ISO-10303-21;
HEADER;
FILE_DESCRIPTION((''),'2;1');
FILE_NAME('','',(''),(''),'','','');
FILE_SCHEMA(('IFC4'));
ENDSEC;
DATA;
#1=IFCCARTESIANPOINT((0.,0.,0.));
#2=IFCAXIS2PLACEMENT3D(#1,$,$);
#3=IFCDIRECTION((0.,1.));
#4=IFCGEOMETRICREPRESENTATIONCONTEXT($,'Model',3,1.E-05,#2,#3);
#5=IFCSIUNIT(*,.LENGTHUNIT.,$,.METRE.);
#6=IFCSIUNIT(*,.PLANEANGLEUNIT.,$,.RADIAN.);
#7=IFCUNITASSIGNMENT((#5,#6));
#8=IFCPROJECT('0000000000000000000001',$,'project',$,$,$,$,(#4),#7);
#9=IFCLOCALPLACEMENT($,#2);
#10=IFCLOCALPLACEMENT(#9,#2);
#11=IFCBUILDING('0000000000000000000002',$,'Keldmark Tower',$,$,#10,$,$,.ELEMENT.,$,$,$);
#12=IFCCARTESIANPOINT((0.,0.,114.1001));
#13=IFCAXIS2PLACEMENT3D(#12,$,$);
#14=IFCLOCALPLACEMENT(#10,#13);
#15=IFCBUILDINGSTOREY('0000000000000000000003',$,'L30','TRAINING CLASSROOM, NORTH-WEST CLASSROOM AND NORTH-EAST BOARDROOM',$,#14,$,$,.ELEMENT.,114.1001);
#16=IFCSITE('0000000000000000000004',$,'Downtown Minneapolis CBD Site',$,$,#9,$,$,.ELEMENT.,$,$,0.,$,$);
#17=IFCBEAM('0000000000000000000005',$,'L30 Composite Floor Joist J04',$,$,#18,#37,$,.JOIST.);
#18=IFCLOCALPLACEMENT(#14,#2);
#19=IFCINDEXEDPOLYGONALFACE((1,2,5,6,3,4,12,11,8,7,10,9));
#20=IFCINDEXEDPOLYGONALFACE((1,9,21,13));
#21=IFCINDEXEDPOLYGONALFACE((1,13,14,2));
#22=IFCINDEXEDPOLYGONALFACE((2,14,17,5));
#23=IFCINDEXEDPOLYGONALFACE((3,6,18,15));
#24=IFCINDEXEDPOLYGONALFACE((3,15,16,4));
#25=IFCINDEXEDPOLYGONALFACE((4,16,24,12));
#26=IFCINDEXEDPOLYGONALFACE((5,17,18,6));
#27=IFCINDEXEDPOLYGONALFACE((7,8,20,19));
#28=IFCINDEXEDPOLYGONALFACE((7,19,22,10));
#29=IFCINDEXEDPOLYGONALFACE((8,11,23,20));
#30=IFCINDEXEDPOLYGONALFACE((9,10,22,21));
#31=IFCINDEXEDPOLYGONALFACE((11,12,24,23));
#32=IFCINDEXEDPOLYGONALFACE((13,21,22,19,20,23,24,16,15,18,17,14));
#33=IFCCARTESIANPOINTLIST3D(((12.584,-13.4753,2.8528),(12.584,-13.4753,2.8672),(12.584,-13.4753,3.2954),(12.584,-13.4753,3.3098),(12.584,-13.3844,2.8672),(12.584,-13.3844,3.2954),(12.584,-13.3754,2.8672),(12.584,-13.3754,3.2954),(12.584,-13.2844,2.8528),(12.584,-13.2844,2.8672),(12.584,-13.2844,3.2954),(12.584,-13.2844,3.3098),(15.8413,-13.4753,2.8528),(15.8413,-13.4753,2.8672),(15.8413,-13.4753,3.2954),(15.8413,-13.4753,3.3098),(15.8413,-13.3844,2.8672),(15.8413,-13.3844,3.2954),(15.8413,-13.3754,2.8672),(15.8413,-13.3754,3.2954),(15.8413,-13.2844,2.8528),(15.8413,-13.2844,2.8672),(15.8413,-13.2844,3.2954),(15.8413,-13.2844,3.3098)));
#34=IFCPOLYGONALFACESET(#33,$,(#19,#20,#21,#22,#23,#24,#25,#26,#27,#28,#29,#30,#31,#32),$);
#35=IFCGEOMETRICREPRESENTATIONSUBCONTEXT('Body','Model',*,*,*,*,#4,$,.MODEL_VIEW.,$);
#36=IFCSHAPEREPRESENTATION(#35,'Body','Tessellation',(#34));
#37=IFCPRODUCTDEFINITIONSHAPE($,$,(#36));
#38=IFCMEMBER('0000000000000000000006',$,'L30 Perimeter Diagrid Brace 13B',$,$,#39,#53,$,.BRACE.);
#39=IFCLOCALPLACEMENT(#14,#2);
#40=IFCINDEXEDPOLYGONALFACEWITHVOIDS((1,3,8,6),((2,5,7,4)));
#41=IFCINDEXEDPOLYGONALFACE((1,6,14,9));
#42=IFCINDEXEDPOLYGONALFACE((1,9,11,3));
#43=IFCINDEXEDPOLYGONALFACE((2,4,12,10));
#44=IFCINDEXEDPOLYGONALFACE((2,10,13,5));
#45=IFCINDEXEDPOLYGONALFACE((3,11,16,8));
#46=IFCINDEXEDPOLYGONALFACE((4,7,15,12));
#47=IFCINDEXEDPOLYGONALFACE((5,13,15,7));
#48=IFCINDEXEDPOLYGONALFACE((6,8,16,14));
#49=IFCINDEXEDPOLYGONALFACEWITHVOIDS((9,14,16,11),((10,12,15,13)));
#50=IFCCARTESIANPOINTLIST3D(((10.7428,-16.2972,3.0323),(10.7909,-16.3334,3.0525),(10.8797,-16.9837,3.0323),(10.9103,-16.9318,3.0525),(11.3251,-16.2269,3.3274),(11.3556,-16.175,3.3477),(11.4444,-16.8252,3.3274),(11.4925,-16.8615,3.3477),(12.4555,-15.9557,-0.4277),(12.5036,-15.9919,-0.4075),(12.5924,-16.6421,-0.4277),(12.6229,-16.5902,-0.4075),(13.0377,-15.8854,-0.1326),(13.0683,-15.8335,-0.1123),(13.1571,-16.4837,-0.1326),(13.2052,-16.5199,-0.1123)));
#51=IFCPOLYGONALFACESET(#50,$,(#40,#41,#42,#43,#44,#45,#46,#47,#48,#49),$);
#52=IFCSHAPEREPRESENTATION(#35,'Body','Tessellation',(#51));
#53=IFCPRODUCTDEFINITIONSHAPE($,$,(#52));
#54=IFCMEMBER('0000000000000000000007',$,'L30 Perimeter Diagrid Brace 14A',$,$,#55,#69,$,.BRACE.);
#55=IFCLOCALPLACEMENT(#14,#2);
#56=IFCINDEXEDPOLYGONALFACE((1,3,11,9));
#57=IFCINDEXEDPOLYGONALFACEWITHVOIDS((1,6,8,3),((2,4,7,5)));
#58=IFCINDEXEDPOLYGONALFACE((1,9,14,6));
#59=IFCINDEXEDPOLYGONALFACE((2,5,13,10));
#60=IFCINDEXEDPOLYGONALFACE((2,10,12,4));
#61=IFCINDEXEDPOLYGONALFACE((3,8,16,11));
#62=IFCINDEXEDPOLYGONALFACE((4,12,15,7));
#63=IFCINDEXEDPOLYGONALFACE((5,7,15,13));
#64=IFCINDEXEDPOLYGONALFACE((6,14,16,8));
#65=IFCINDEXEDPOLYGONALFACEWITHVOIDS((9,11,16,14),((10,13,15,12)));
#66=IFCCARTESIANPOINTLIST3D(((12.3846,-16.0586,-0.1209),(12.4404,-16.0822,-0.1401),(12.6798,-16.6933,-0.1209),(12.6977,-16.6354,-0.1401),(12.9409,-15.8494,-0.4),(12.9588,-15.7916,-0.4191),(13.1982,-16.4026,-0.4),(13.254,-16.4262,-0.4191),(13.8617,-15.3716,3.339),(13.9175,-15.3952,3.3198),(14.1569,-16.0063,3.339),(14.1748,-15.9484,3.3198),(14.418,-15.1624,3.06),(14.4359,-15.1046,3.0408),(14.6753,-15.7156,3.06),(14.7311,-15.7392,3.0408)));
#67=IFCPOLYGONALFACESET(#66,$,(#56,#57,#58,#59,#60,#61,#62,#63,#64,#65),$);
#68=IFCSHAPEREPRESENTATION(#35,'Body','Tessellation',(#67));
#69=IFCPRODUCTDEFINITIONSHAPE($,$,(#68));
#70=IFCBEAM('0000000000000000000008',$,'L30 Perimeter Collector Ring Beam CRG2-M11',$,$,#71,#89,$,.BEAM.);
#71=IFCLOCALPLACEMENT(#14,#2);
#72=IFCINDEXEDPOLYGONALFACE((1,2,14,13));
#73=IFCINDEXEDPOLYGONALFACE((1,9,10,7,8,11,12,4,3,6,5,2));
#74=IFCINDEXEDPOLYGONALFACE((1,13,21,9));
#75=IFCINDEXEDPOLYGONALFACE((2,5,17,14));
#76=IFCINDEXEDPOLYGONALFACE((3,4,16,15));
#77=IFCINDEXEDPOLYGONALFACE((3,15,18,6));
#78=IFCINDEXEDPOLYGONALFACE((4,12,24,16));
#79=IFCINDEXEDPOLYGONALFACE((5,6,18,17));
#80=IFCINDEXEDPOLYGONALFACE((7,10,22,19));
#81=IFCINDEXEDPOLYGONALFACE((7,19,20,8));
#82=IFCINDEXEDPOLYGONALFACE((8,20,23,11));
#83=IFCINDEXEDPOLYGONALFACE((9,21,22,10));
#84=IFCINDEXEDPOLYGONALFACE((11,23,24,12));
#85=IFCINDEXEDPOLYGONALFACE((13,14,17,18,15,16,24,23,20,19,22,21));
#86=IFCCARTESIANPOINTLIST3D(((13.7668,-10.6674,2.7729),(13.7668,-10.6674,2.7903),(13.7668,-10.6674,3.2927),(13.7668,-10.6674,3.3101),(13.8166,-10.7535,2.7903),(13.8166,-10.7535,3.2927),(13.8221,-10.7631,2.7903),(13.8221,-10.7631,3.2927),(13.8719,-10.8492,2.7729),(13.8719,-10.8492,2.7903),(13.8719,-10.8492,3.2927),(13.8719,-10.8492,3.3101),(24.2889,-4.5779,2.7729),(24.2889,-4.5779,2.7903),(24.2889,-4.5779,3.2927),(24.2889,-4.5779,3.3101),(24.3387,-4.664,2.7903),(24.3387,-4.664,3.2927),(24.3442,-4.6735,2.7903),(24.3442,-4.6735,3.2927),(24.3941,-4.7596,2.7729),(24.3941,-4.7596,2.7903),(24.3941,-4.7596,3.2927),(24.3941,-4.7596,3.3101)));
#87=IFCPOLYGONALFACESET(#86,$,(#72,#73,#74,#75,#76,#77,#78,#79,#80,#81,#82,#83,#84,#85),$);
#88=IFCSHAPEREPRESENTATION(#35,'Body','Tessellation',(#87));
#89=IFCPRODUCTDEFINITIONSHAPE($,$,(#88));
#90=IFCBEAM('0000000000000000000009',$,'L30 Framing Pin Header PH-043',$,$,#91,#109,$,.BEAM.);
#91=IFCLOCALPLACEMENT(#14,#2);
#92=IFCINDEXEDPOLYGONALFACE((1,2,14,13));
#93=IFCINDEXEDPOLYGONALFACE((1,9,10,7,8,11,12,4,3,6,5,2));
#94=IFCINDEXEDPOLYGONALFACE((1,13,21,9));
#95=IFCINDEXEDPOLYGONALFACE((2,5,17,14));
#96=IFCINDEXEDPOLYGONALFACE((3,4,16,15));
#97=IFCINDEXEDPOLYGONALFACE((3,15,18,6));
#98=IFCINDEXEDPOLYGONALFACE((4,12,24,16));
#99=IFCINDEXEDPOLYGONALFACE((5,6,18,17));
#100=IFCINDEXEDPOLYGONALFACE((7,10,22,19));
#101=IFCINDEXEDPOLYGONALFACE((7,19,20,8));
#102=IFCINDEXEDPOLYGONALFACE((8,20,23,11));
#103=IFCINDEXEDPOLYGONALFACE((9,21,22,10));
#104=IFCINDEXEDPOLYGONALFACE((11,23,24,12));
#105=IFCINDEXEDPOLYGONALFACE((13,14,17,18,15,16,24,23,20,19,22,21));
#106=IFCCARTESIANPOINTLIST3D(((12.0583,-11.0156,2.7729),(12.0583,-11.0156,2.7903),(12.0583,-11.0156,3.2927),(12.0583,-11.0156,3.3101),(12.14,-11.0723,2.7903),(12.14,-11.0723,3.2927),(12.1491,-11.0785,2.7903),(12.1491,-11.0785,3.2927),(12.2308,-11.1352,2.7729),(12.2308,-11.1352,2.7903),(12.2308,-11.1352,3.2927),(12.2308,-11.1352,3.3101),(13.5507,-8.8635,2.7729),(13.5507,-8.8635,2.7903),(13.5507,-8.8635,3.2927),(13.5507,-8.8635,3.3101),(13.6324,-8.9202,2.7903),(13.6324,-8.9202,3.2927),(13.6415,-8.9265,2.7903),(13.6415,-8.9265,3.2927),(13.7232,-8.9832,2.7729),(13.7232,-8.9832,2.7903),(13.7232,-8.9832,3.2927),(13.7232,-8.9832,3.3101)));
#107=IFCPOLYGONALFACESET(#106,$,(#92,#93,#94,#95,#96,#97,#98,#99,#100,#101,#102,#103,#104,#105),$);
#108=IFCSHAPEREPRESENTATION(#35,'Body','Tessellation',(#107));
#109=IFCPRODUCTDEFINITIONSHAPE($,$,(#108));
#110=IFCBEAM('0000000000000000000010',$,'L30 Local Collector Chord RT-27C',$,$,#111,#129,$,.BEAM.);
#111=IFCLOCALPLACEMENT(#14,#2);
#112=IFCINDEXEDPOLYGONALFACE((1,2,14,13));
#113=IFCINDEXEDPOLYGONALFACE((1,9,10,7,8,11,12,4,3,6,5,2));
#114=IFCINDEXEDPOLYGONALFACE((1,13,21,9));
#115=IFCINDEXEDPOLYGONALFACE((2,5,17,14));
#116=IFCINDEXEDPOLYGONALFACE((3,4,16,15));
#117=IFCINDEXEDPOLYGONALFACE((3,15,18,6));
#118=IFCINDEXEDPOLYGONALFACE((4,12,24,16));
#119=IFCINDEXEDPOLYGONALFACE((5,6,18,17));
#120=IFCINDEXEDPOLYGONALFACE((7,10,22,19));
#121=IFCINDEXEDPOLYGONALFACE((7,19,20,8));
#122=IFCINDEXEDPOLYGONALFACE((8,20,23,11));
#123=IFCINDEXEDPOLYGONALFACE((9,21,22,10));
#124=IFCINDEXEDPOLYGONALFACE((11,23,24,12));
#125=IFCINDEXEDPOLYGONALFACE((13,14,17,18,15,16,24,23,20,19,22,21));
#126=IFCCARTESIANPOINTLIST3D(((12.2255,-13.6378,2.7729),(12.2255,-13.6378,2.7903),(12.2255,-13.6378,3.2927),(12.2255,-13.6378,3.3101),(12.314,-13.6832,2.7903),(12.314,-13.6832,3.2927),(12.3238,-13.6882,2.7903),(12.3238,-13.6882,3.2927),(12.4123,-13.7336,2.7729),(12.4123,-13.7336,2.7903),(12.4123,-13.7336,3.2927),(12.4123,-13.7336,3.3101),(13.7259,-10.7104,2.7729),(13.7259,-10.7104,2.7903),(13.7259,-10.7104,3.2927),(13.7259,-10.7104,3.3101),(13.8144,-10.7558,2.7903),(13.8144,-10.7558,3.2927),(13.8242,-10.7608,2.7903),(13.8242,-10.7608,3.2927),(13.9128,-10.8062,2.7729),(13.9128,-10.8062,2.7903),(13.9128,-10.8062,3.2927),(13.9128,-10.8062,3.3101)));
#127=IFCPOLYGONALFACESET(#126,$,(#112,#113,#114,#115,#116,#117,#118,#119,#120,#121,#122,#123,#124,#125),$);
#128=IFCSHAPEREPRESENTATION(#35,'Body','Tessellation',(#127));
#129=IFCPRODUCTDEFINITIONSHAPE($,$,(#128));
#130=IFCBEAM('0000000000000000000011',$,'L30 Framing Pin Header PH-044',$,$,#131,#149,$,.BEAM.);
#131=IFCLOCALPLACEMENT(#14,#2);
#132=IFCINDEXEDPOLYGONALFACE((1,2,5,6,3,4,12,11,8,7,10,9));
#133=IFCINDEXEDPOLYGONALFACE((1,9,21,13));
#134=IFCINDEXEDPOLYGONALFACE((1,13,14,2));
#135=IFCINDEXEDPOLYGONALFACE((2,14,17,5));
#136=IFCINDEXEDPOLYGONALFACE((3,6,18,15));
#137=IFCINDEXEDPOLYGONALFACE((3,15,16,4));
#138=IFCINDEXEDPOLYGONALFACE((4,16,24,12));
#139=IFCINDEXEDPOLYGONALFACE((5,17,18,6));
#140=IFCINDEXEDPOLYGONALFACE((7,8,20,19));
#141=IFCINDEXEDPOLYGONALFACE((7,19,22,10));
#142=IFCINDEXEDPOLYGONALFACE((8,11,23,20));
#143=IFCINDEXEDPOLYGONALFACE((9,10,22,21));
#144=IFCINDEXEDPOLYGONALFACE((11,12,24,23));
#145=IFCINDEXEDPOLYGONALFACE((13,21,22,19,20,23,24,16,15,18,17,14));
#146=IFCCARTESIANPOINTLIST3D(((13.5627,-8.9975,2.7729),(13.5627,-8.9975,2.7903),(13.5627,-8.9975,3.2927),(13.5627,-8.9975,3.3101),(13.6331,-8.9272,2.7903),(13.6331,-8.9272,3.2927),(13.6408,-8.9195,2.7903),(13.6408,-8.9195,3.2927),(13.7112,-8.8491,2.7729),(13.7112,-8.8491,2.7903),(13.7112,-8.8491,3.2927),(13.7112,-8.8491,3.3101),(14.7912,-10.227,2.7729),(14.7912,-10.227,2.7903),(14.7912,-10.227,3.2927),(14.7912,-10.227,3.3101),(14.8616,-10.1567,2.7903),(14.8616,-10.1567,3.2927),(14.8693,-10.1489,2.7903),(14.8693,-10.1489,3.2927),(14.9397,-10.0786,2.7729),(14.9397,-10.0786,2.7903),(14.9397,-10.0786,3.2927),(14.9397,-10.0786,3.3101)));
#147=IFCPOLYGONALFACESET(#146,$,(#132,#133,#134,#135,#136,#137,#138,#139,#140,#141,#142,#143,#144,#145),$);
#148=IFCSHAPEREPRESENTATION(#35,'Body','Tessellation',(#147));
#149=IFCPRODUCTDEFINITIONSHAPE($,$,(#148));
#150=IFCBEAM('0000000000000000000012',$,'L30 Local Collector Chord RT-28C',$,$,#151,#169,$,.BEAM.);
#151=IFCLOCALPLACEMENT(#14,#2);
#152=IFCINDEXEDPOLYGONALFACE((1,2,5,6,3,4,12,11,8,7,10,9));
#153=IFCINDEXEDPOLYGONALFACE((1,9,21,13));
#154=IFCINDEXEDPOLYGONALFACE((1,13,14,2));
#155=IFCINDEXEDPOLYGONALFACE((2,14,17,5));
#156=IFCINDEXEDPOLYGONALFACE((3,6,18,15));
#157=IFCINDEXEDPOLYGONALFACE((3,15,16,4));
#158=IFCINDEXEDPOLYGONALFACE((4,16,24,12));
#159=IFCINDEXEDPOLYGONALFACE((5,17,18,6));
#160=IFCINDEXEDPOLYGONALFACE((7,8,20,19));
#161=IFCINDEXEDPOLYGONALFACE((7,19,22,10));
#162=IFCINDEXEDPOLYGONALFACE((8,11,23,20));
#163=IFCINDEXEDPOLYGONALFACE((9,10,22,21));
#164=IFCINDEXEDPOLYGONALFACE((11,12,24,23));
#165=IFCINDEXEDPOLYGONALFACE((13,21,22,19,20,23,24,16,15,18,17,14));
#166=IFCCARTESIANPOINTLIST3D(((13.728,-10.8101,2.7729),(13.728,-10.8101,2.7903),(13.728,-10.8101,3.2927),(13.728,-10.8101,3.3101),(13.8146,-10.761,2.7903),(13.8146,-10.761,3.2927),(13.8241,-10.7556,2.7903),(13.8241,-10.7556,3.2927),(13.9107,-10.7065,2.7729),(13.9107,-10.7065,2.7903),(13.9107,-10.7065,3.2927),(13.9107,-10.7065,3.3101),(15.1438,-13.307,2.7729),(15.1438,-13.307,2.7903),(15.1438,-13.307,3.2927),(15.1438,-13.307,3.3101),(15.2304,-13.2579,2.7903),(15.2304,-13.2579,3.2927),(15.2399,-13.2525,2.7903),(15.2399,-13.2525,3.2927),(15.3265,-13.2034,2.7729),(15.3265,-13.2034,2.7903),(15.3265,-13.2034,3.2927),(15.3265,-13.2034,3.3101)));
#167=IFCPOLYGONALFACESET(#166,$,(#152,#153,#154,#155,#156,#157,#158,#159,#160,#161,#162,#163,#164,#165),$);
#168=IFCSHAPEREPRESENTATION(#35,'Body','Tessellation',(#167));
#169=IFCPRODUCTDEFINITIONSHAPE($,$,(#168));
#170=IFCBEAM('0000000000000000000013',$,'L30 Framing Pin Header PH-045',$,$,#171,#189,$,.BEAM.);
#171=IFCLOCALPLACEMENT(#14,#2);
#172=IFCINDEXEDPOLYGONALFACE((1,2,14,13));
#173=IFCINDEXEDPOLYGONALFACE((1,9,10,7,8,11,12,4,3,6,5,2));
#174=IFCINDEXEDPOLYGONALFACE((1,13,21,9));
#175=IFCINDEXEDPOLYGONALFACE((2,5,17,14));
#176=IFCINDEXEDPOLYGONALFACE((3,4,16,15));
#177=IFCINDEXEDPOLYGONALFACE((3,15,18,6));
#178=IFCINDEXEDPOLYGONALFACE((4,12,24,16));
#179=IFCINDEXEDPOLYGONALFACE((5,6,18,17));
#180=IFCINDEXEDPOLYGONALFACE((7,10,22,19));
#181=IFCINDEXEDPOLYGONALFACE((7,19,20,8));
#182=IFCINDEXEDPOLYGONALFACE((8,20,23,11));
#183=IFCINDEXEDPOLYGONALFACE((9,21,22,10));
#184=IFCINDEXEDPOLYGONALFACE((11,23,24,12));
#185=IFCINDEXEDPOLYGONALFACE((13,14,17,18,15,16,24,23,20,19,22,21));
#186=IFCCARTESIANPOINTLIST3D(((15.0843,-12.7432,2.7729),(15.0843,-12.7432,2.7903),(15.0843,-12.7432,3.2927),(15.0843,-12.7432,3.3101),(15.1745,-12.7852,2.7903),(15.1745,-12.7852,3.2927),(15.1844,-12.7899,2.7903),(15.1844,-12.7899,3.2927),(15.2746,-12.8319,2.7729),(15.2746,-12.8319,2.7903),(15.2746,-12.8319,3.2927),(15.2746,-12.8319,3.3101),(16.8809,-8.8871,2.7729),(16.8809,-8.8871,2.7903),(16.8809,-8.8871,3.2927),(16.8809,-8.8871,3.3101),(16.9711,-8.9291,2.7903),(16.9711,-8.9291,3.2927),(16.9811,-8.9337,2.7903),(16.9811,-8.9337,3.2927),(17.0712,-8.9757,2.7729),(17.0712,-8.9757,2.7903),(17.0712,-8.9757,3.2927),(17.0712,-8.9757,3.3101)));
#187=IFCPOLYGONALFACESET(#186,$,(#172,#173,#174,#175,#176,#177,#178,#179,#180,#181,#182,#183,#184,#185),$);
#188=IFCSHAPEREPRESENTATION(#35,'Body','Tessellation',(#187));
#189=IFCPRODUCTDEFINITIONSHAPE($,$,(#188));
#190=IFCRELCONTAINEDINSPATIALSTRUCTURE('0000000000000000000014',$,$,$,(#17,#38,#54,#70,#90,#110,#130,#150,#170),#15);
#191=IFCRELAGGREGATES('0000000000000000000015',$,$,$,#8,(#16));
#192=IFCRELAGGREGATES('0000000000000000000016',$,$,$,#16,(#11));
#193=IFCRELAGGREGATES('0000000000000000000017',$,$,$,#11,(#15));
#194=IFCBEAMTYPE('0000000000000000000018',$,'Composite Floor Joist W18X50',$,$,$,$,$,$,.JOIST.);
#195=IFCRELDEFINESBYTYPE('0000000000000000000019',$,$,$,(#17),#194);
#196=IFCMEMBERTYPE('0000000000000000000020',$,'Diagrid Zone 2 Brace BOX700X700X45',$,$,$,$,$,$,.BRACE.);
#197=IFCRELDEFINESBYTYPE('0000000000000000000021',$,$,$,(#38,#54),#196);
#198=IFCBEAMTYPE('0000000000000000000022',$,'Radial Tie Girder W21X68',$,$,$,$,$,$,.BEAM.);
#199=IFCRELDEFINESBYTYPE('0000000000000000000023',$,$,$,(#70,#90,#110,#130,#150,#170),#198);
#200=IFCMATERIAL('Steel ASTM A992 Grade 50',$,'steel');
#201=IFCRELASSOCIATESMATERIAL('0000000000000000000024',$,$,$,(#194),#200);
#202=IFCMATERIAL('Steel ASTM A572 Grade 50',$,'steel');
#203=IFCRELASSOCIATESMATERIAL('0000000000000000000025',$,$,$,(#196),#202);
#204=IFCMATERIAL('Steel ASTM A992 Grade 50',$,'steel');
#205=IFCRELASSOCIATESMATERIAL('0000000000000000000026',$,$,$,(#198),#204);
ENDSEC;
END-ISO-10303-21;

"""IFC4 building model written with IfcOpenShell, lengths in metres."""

from ifc_helpers import new_model, si_unit, direction, frame, origin, origin_2d, place, context, subcontext, project, spatial, hollow_rectangle, i_section, extrude, material, material_profile, profile_set, type_object, element, save


model = new_model("IFC4")

# Units and contexts
model_context = context("Model", 3, precision=1e-05, world=origin(), true_north=direction((0.0, 1.0)))
body_context = subcontext(model_context, "Body", "Model", "MODEL_VIEW")
ifc_project = project(units=[si_unit("LENGTHUNIT", "METRE"), si_unit("PLANEANGLEUNIT", "RADIAN")], contexts=[model_context])

# Site, building, storey
site_placement = place(None, origin())
site = spatial("IfcSite", under=ifc_project, at=site_placement, Name="Downtown Minneapolis CBD Site", CompositionType="ELEMENT", RefElevation=0.0)
building_placement = place(site_placement, origin())
building = spatial("IfcBuilding", under=site, at=building_placement, Name="Keldmark Tower", CompositionType="ELEMENT")
storey_placement = place(building_placement, frame((0.0, 0.0, 114.1001)))
storey = spatial("IfcBuildingStorey", under=building, at=storey_placement, Name="L30", Description="TRAINING CLASSROOM, NORTH-WEST CLASSROOM AND NORTH-EAST BOARDROOM", CompositionType="ELEMENT", Elevation=114.1001)

# Beam
ifc_material_1 = material(Name="Steel ASTM A992 Grade 50", Category="steel")
ifc_material_profile_1 = material_profile(ifc_material_1, i_section(OverallWidth=0.1909, OverallDepth=0.457, WebThickness=0.009, FlangeThickness=0.0144, at=origin_2d()), Name="W18X50")
ifc_profile_set_1 = profile_set([ifc_material_profile_1], Name="Steel ASTM A992 Grade 50")
beam_type_1 = type_object("IfcBeamType", Name="Composite Floor Joist W18X50", PredefinedType="JOIST", material=ifc_profile_set_1)
beam_1_placement = place(storey_placement, frame((12.584, -13.3799, 3.0813), z_axis=(1.0, 0.0, 0.0), x_axis=(0.0, 1.0, 0.0)))
element("IfcBeam", 1, at=beam_1_placement, inside=storey, type_object=beam_type_1, Name="L30 Composite Floor Joist J04", PredefinedType="JOIST", context=body_context, shape_type="SweptSolid", body=[
    extrude(i_section(OverallWidth=0.1909, OverallDepth=0.457, WebThickness=0.009, FlangeThickness=0.0144, at=origin_2d()), origin(), (0.0, 0.0, 1.0), 3.2573),
])

# Members
ifc_material_2 = material(Name="Steel ASTM A572 Grade 50", Category="steel")
ifc_material_profile_2 = material_profile(ifc_material_2, hollow_rectangle(XDim=0.7, YDim=0.7, WallThickness=0.0449, at=origin_2d()), Name="BOX700X700X45")
ifc_profile_set_2 = profile_set([ifc_material_profile_2], Name="Steel ASTM A572 Grade 50")
member_type = type_object("IfcMemberType", Name="Diagrid Zone 2 Brace BOX700X700X45", PredefinedType="BRACE", material=ifc_profile_set_2)
member_1_placement = place(storey_placement, frame((12.8303, -16.2378, -0.27), z_axis=(-0.441892, -0.088126, 0.892729), x_axis=(0.195578, -0.980688, 0.0)))
element("IfcMember", 2, at=member_1_placement, inside=storey, type_object=member_type, Name="L30 Perimeter Diagrid Brace 13B", PredefinedType="BRACE", context=body_context, shape_type="SweptSolid", body=[
    extrude(hollow_rectangle(XDim=0.7, YDim=0.7, WallThickness=0.0449, at=origin_2d()), origin(), (0.0, 0.0, 1.0), 3.8757),
])
member_2_placement = place(storey_placement, frame((12.8193, -16.2424, -0.27), z_axis=(0.386231, 0.179645, 0.904739), x_axis=(-0.421736, 0.906718, 0.0)))
element("IfcMember", 3, at=member_2_placement, inside=storey, type_object=member_type, Name="L30 Perimeter Diagrid Brace 14A", PredefinedType="BRACE", context=body_context, shape_type="SweptSolid", body=[
    extrude(hollow_rectangle(XDim=0.7, YDim=0.7, WallThickness=0.0449, at=origin_2d()), origin(), (0.0, 0.0, 1.0), 3.8242),
])

# Beams
ifc_material_3 = material(Name="Steel ASTM A992 Grade 50", Category="steel")
ifc_material_profile_3 = material_profile(ifc_material_3, i_section(OverallWidth=0.21, OverallDepth=0.5371, WebThickness=0.011, FlangeThickness=0.0173, at=origin_2d()), Name="W21X68")
ifc_profile_set_3 = profile_set([ifc_material_profile_3], Name="Steel ASTM A992 Grade 50")
beam_type_2 = type_object("IfcBeamType", Name="Radial Tie Girder W21X68", PredefinedType="BEAM", material=ifc_profile_set_3)
beam_2_placement = place(storey_placement, frame((13.8193, -10.7583, 3.0415), z_axis=(0.865505, 0.5009, 0.0), x_axis=(-0.5009, 0.865505, 0.0)))
element("IfcBeam", 4, at=beam_2_placement, inside=storey, type_object=beam_type_2, Name="L30 Perimeter Collector Ring Beam CRG2-M11", PredefinedType="BEAM", context=body_context, shape_type="SweptSolid", body=[
    extrude(i_section(OverallWidth=0.21, OverallDepth=0.5371, WebThickness=0.011, FlangeThickness=0.0173, at=origin_2d()), origin(), (0.0, 0.0, 1.0), 12.1572),
])
beam_3_placement = place(storey_placement, frame((13.637, -8.9233, 3.0415), z_axis=(-0.569859, -0.821742, 0.0), x_axis=(0.821742, -0.569859, 0.0)))
element("IfcBeam", 5, at=beam_3_placement, inside=storey, type_object=beam_type_2, Name="L30 Framing Pin Header PH-043", PredefinedType="BEAM", context=body_context, shape_type="SweptSolid", body=[
    extrude(i_section(OverallWidth=0.21, OverallDepth=0.5371, WebThickness=0.011, FlangeThickness=0.0173, at=origin_2d()), origin(), (0.0, 0.0, 1.0), 2.6189),
])
beam_4_placement = place(storey_placement, frame((13.8193, -10.7583, 3.0415), z_axis=(-0.456127, -0.889915, 0.0), x_axis=(0.889915, -0.456127, 0.0)))
element("IfcBeam", 6, at=beam_4_placement, inside=storey, type_object=beam_type_2, Name="L30 Local Collector Chord RT-27C", PredefinedType="BEAM", context=body_context, shape_type="SweptSolid", body=[
    extrude(i_section(OverallWidth=0.21, OverallDepth=0.5371, WebThickness=0.011, FlangeThickness=0.0173, at=origin_2d()), origin(), (0.0, 0.0, 1.0), 3.2896),
])
beam_5_placement = place(storey_placement, frame((13.637, -8.9233, 3.0415), z_axis=(0.706826, -0.707388, 0.0), x_axis=(0.707388, 0.706826, 0.0)))
element("IfcBeam", 7, at=beam_5_placement, inside=storey, type_object=beam_type_2, Name="L30 Framing Pin Header PH-044", PredefinedType="BEAM", context=body_context, shape_type="SweptSolid", body=[
    extrude(i_section(OverallWidth=0.21, OverallDepth=0.5371, WebThickness=0.011, FlangeThickness=0.0173, at=origin_2d()), origin(), (0.0, 0.0, 1.0), 1.738),
])
beam_6_placement = place(storey_placement, frame((13.8193, -10.7583, 3.0415), z_axis=(0.493251, -0.869887, 0.0), x_axis=(0.869887, 0.493251, 0.0)))
element("IfcBeam", 8, at=beam_6_placement, inside=storey, type_object=beam_type_2, Name="L30 Local Collector Chord RT-28C", PredefinedType="BEAM", context=body_context, shape_type="SweptSolid", body=[
    extrude(i_section(OverallWidth=0.21, OverallDepth=0.5371, WebThickness=0.011, FlangeThickness=0.0173, at=origin_2d()), origin(), (0.0, 0.0, 1.0), 2.8704),
])
beam_7_placement = place(storey_placement, frame((16.9761, -8.9314, 3.0415), z_axis=(-0.42232, -0.906447, 0.0), x_axis=(0.906447, -0.42232, 0.0)))
element("IfcBeam", 9, at=beam_7_placement, inside=storey, type_object=beam_type_2, Name="L30 Framing Pin Header PH-045", PredefinedType="BEAM", context=body_context, shape_type="SweptSolid", body=[
    extrude(i_section(OverallWidth=0.21, OverallDepth=0.5371, WebThickness=0.011, FlangeThickness=0.0173, at=origin_2d()), origin(), (0.0, 0.0, 1.0), 4.2542),
])

save(model, "model.ifc")
